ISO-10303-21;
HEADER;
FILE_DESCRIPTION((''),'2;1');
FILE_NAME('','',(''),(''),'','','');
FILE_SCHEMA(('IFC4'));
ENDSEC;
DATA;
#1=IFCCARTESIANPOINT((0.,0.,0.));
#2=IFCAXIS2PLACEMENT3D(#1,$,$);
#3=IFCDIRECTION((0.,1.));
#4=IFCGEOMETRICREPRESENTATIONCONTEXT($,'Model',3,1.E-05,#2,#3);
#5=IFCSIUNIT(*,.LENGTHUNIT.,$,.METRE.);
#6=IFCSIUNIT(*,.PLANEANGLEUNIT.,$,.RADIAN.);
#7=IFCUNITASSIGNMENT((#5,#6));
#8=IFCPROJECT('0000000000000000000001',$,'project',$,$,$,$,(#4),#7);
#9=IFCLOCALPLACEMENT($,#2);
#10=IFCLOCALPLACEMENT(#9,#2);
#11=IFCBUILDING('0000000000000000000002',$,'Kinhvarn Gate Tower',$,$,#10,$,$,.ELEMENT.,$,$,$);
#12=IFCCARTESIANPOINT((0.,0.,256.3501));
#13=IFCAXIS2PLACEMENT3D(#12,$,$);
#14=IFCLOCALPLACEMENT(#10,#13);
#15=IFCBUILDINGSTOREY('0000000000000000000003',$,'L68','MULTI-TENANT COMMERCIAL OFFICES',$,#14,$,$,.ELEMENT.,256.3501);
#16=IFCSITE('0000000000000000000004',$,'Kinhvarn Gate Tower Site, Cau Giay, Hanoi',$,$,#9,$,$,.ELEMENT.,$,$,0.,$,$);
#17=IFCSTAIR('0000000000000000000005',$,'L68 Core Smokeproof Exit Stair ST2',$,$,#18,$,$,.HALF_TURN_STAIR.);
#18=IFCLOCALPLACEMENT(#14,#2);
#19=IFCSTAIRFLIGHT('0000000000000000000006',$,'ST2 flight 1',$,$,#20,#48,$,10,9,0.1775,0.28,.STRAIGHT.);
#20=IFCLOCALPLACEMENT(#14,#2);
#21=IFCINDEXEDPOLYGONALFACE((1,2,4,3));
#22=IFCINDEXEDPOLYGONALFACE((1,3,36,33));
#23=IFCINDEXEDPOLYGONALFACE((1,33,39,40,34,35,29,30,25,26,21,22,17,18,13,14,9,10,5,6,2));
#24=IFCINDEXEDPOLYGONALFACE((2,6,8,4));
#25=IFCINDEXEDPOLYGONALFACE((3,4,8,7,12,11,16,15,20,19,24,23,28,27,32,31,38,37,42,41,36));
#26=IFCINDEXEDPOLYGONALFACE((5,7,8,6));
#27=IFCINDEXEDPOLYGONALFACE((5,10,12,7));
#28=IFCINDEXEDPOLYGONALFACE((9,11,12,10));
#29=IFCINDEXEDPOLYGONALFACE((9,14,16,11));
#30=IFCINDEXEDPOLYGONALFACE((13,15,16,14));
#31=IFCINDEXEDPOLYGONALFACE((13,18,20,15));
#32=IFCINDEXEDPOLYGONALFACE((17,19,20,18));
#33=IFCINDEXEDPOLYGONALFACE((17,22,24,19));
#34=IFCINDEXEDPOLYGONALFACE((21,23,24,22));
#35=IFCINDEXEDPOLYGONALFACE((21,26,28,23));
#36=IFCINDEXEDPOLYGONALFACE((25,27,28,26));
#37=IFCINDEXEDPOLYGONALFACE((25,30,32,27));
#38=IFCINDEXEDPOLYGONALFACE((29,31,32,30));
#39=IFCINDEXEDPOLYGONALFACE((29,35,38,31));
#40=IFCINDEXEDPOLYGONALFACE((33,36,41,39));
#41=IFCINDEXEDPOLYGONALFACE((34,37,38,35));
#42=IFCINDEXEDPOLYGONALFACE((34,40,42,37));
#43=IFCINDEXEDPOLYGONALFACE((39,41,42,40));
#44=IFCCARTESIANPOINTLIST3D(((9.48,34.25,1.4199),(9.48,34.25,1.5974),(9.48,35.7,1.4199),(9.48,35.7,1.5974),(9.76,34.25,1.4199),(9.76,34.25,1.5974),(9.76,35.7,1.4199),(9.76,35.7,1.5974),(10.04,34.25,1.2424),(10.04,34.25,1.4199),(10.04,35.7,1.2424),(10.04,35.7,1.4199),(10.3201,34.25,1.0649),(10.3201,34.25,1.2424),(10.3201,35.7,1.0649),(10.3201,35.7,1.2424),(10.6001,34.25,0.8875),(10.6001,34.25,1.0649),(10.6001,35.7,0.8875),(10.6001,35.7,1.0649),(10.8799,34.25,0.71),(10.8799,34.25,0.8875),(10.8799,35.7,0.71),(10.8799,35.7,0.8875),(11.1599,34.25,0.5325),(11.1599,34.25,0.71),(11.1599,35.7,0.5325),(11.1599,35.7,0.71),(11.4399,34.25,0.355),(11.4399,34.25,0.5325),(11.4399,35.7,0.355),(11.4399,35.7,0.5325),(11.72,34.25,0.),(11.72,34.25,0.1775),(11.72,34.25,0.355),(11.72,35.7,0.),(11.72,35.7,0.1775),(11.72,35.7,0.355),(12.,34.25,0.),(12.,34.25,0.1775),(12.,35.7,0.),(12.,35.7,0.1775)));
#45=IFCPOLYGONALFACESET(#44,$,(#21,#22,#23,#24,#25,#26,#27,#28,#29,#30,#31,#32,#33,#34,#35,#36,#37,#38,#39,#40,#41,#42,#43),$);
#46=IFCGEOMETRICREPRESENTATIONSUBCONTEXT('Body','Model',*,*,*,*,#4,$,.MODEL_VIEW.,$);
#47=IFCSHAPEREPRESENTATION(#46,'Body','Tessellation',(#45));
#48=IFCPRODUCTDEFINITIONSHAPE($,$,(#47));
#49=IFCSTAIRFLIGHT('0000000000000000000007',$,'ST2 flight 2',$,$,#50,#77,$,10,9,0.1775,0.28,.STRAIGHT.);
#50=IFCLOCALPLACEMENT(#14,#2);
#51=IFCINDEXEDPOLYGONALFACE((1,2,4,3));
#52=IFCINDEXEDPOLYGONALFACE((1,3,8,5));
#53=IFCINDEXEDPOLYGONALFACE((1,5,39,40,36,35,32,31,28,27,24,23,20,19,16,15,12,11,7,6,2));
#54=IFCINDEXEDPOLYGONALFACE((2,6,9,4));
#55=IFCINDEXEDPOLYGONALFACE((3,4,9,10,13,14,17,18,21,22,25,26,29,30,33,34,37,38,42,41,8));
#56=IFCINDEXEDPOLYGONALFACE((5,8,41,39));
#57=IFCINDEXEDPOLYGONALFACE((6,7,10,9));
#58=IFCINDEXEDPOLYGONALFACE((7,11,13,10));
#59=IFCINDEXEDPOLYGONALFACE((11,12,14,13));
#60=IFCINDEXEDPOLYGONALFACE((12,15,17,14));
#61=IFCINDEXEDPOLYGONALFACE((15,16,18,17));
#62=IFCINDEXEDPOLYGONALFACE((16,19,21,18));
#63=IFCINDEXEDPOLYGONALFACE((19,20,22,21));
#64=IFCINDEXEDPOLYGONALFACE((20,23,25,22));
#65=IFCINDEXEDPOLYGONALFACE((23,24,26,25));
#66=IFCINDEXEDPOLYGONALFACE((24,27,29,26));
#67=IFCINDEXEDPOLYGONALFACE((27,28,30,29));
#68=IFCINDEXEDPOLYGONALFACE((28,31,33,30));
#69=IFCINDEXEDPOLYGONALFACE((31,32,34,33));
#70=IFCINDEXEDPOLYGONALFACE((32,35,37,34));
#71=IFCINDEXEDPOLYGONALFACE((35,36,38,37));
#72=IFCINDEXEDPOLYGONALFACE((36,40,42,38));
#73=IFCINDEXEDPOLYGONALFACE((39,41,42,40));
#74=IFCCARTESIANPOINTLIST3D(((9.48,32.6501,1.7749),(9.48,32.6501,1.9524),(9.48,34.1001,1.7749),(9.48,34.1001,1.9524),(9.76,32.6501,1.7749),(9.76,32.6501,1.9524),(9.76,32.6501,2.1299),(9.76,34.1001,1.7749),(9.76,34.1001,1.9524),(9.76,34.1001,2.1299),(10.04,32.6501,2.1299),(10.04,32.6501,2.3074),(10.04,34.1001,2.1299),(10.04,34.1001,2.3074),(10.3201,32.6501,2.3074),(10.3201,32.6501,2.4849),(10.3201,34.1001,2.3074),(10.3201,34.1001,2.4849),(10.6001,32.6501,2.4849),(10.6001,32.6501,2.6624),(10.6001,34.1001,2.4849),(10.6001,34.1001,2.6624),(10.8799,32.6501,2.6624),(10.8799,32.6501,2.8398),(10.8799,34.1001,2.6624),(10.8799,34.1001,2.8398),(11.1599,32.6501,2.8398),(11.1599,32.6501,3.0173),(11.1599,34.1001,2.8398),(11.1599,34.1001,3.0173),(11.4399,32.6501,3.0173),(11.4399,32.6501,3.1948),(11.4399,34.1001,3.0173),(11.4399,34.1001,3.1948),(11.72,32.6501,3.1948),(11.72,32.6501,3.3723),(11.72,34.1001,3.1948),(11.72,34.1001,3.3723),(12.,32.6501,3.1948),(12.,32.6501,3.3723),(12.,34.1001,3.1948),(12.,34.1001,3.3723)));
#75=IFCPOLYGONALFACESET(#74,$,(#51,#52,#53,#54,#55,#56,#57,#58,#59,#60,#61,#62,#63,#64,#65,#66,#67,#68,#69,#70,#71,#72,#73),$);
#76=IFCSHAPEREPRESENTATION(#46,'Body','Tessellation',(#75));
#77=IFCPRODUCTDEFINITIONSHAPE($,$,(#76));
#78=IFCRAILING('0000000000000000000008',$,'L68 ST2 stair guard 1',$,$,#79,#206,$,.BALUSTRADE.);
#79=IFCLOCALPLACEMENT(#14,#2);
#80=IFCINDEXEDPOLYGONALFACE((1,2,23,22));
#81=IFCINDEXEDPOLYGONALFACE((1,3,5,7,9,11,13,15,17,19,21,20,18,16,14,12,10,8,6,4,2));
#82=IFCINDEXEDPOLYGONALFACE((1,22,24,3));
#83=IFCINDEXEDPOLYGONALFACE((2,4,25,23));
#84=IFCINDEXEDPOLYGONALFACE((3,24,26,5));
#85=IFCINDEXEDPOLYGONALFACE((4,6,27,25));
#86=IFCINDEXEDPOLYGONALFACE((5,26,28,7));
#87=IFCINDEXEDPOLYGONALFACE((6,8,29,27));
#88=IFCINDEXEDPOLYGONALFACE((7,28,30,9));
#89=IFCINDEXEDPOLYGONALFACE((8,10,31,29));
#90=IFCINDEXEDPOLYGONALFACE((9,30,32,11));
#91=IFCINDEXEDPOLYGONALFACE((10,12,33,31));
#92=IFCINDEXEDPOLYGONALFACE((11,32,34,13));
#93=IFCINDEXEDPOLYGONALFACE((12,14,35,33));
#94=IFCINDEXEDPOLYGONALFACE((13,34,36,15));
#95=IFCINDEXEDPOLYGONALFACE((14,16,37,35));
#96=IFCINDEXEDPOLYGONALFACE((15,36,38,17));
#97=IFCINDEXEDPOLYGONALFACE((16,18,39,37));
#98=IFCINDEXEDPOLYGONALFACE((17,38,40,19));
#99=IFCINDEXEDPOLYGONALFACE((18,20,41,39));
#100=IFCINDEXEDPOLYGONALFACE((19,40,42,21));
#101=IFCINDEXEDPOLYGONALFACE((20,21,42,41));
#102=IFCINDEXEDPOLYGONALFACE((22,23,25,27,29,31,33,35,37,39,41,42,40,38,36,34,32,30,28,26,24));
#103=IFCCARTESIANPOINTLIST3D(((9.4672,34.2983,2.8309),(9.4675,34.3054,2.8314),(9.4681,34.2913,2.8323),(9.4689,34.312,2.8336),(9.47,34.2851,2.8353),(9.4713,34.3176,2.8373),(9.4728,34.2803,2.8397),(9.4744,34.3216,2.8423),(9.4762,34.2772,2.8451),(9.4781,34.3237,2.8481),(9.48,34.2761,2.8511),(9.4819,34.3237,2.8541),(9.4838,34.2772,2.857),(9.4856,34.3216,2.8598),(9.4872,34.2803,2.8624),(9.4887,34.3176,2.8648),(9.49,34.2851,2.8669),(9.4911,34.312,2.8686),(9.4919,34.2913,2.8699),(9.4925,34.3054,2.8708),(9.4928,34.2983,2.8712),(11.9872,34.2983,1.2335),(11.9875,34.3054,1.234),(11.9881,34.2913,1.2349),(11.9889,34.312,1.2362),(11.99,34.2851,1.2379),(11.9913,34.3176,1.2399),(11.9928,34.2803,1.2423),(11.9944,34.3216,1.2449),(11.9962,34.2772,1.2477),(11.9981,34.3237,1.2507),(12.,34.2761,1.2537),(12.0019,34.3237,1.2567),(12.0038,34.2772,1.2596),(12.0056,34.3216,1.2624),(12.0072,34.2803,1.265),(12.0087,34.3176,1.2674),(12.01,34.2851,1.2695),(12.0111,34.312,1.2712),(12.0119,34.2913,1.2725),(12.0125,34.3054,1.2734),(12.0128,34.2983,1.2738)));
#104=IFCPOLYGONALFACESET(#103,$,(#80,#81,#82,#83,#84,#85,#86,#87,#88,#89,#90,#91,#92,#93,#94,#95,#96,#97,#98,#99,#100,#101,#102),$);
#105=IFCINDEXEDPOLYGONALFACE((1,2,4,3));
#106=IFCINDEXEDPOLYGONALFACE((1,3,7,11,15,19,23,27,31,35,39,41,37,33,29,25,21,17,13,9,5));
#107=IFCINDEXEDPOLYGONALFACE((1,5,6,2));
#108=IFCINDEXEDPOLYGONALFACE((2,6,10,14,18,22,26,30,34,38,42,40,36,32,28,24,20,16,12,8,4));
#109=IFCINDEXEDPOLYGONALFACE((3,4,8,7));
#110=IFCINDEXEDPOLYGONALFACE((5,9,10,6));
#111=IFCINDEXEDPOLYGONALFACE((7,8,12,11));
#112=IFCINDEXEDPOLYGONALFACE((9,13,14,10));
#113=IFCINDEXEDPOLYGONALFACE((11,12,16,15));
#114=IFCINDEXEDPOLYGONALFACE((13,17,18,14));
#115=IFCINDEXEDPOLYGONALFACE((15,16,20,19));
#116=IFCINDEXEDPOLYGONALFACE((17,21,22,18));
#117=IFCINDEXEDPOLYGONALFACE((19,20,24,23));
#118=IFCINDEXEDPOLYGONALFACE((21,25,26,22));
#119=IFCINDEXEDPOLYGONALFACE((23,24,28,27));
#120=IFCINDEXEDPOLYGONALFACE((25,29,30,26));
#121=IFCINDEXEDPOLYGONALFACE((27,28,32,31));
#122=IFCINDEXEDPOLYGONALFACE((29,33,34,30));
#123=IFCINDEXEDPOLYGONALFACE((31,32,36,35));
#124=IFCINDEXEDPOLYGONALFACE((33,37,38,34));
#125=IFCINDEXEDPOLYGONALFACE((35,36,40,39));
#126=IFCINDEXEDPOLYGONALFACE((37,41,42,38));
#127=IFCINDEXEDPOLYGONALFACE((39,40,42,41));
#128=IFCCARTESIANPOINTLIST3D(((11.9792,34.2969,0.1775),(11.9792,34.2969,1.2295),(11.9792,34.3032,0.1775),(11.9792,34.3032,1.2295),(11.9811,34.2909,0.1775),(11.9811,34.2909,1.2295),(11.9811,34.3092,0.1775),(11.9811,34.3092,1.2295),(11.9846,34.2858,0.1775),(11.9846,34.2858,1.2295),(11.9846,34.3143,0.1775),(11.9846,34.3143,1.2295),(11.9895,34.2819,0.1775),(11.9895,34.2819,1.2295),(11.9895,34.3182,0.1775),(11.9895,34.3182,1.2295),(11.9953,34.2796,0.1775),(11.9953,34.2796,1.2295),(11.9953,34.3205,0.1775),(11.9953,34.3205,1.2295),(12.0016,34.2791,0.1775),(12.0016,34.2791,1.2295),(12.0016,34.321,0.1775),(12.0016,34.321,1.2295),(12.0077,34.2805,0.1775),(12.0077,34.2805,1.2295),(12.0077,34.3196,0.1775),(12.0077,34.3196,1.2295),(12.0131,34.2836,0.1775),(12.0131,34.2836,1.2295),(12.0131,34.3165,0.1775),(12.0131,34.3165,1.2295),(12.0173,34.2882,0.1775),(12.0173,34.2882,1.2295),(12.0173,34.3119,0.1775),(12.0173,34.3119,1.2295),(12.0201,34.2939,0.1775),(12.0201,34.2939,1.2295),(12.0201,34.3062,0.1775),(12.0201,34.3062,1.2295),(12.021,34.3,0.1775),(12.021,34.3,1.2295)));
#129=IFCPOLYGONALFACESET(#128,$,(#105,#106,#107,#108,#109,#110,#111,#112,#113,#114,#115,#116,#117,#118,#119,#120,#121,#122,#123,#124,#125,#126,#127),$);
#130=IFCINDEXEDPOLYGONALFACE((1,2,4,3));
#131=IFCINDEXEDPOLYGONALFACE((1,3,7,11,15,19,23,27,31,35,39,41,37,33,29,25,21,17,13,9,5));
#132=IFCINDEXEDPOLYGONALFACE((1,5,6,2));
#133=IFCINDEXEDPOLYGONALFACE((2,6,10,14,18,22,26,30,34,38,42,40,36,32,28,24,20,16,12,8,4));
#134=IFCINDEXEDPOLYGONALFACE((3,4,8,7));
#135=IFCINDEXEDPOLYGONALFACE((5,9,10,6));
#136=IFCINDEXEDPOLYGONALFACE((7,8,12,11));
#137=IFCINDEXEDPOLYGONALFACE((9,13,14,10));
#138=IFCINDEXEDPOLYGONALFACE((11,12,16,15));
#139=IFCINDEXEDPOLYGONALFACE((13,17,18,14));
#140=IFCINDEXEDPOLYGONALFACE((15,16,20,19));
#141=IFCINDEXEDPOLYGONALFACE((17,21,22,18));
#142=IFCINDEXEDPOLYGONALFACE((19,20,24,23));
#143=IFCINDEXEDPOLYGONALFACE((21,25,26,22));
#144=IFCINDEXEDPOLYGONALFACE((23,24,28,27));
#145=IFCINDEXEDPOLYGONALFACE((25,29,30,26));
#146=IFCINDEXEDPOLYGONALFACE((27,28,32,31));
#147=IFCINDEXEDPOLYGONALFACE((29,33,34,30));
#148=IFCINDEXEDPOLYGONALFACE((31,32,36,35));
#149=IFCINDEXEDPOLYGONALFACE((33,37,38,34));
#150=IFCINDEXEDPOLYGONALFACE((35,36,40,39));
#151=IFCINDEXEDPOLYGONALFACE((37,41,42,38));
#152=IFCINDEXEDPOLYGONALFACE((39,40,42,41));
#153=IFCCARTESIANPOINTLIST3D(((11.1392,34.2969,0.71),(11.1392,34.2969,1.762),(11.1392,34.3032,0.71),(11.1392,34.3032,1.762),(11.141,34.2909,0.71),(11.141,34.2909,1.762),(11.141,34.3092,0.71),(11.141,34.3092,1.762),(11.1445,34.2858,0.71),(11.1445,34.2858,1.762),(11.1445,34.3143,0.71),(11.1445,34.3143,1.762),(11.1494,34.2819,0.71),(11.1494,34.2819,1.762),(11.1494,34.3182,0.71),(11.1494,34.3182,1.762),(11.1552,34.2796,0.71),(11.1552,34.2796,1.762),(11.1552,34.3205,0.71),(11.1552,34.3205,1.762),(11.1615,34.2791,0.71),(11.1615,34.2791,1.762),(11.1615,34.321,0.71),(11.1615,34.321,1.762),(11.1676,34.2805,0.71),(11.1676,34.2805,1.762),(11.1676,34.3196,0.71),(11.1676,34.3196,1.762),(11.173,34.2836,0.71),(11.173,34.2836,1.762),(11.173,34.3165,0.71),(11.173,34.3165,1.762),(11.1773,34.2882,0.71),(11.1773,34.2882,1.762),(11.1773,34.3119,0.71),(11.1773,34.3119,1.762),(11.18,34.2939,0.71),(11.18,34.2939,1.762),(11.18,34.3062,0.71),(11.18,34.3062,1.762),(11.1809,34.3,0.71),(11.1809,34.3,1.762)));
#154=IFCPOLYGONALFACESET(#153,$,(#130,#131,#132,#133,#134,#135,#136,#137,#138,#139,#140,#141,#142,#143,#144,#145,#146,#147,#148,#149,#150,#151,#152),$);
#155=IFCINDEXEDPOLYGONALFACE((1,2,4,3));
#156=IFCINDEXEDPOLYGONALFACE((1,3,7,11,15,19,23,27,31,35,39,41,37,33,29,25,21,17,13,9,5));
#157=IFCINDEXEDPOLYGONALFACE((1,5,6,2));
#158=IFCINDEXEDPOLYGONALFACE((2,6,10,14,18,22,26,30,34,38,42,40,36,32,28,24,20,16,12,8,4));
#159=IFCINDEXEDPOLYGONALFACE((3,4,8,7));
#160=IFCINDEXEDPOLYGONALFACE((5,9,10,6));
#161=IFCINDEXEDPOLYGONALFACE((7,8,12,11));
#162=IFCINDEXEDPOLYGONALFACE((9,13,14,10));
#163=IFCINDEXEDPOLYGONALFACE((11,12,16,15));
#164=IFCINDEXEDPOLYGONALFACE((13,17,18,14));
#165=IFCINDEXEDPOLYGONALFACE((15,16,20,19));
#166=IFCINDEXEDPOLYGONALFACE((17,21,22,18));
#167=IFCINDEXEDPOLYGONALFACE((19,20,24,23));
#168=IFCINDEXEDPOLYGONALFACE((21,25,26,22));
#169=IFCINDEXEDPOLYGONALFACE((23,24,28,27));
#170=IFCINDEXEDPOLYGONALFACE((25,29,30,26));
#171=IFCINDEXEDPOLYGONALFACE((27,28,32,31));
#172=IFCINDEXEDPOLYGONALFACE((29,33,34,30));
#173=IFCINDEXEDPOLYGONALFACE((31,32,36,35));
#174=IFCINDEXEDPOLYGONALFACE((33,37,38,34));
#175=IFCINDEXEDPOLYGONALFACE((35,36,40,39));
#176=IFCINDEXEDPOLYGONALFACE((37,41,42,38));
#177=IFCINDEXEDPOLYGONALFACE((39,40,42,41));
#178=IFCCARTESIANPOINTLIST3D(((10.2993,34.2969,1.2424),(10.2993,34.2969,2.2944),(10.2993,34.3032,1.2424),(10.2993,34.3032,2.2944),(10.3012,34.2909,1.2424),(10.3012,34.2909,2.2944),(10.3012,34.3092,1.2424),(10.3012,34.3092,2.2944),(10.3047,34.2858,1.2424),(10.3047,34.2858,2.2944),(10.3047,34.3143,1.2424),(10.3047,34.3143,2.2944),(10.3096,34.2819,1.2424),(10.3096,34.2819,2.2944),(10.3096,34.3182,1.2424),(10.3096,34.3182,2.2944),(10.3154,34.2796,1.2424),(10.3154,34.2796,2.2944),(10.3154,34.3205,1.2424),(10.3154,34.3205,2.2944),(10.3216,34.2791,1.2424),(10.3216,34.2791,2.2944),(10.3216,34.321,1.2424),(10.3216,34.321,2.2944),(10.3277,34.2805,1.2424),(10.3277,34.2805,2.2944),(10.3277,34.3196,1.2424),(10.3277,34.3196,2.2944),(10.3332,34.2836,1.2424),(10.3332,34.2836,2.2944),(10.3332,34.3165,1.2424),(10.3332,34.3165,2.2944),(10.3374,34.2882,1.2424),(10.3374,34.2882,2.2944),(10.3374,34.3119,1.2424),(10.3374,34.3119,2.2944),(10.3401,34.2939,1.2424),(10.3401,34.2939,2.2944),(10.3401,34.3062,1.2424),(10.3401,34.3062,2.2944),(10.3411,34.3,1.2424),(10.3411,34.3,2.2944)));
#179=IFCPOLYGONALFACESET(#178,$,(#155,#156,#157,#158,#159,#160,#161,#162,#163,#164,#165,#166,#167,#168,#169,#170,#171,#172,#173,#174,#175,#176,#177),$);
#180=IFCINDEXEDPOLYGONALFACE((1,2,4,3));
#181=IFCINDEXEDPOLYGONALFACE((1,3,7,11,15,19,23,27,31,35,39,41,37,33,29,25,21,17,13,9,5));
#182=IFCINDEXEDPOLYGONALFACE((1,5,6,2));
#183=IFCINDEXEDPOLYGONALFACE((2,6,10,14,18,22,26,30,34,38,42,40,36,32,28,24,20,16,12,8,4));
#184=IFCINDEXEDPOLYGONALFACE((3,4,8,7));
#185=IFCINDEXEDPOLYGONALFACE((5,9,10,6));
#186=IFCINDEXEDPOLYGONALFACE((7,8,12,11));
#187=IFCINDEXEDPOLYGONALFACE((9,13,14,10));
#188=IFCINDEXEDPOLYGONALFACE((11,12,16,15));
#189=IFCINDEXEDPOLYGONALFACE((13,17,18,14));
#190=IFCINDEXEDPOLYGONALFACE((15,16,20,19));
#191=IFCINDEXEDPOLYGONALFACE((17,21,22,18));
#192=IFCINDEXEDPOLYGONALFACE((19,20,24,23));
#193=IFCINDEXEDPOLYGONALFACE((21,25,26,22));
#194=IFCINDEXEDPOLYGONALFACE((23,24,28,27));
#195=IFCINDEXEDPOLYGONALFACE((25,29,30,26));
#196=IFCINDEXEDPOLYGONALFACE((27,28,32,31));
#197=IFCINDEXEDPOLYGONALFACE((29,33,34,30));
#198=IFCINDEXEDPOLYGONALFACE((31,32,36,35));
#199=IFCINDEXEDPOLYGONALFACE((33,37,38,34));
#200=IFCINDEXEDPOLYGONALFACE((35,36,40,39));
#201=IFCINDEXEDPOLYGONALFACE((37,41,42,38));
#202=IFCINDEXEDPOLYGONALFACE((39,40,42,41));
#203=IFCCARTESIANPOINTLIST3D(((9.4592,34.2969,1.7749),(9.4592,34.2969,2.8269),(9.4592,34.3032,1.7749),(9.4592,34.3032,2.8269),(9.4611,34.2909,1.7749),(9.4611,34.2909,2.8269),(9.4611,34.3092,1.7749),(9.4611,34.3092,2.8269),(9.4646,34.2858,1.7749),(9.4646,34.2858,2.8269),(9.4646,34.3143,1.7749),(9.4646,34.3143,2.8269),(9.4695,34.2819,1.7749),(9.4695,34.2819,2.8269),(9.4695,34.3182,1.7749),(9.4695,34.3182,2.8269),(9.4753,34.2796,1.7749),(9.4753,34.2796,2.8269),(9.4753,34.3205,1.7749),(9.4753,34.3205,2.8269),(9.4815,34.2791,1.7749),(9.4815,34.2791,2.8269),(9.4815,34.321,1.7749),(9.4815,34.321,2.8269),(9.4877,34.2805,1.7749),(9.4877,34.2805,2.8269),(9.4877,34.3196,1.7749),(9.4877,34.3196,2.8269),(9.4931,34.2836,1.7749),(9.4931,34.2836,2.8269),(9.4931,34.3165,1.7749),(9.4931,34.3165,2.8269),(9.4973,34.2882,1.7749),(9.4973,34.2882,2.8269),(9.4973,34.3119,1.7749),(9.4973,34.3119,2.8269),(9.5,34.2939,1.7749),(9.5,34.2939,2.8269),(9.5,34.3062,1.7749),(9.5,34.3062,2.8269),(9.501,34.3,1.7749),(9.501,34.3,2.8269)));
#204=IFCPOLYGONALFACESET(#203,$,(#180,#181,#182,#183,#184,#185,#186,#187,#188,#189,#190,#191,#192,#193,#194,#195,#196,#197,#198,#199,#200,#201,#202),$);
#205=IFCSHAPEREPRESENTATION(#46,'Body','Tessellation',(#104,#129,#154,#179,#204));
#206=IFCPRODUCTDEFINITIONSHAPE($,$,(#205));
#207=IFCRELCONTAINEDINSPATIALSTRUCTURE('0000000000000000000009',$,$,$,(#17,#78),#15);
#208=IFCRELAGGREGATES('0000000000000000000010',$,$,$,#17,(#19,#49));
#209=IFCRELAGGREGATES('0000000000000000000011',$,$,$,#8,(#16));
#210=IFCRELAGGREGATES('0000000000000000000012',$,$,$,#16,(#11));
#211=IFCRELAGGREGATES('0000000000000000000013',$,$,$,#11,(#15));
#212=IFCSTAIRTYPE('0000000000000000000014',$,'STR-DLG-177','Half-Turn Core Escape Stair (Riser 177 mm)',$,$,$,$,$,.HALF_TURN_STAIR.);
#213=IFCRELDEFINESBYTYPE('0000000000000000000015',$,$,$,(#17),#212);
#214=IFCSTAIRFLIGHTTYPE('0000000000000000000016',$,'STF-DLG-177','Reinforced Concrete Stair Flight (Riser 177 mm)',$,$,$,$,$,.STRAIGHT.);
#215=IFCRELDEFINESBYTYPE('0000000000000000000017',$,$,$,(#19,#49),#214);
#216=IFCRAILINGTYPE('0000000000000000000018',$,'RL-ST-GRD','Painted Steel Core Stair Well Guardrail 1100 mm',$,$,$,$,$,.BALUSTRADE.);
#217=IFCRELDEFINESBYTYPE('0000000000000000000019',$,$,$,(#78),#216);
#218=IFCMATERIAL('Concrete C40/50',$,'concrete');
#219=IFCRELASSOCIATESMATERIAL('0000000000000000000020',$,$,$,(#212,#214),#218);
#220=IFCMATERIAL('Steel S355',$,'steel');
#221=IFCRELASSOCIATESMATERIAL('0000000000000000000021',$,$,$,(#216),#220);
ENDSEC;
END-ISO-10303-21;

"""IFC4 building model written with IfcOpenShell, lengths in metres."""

from ifc_helpers import new_model, si_unit, direction, frame, origin, origin_2d, place, context, subcontext, project, spatial, polyline, circle, outline, extrude, material, type_object, element, aggregate, save


model = new_model("IFC4")

# Units and contexts
model_context = context("Model", 3, precision=1e-05, world=origin(), true_north=direction((0.0, 1.0)))
body_context = subcontext(model_context, "Body", "Model", "MODEL_VIEW")
ifc_project = project(units=[si_unit("LENGTHUNIT", "METRE"), si_unit("PLANEANGLEUNIT", "RADIAN")], contexts=[model_context])

# Site, building, storey
site_placement = place(None, origin())
site = spatial("IfcSite", under=ifc_project, at=site_placement, Name="Kinhvarn Gate Tower Site, Cau Giay, Hanoi", CompositionType="ELEMENT", RefElevation=0.0)
building_placement = place(site_placement, origin())
building = spatial("IfcBuilding", under=site, at=building_placement, Name="Kinhvarn Gate Tower", CompositionType="ELEMENT")
storey_placement = place(building_placement, frame((0.0, 0.0, 256.3501)))
storey = spatial("IfcBuildingStorey", under=building, at=storey_placement, Name="L68", Description="MULTI-TENANT COMMERCIAL OFFICES", CompositionType="ELEMENT", Elevation=256.3501)

# Shared definitions
ifc_material_1 = material(Name="Concrete C40/50", Category="concrete")

# Stair, stair flights
stair_type = type_object("IfcStairType", Name="STR-DLG-177", Description="Half-Turn Core Escape Stair (Riser 177 mm)", PredefinedType="HALF_TURN_STAIR", material=ifc_material_1)
stair_placement = place(storey_placement, origin())
stair = element("IfcStair", 1, at=stair_placement, inside=storey, type_object=stair_type, Name="L68 Core Smokeproof Exit Stair ST2", PredefinedType="HALF_TURN_STAIR")
stair_flight_type = type_object("IfcStairFlightType", Name="STF-DLG-177", Description="Reinforced Concrete Stair Flight (Riser 177 mm)", PredefinedType="STRAIGHT", material=ifc_material_1)
stair_flight_1_placement = place(storey_placement, frame((12.0, 34.9751, 0.0), z_axis=(0.0, 0.0, 1.0), x_axis=(-1.0, 0.0, 0.0)))
stair_flight_1 = element("IfcStairFlight", 2, at=stair_flight_1_placement, type_object=stair_flight_type, Name="ST2 flight 1", NumberOfRisers=10, NumberOfTreads=9, PredefinedType="STRAIGHT", RiserHeight=0.1775, TreadLength=0.28, context=body_context, shape_type="SweptSolid", body=[
    extrude(outline(polyline([(0.0, 0.0), (0.0, 0.1775), (0.28, 0.1775), (0.28, 0.355), (0.5601, 0.355), (0.5601, 0.5325), (0.8401, 0.5325), (0.8401, 0.71), (1.1201, 0.71), (1.1201, 0.8875), (1.3999, 0.8875), (1.3999, 1.0649), (1.6799, 1.0649), (1.6799, 1.2424), (1.96, 1.2424), (1.96, 1.4199), (2.24, 1.4199), (2.24, 1.5974), (2.52, 1.5974), (2.52, 1.7749), (2.52, 1.4199), (0.28, 0.0), (0.0, 0.0)])), frame((0.0, 0.7251, 0.0), z_axis=(0.0, -1.0, 0.0), x_axis=(1.0, 0.0, 0.0)), (0.0, 0.0, 1.0), 1.45),
])
stair_flight_2_placement = place(storey_placement, frame((9.48, 33.375, 1.7749), z_axis=(0.0, 0.0, 1.0), x_axis=(1.0, 0.0, 0.0)))
stair_flight_2 = element("IfcStairFlight", 3, at=stair_flight_2_placement, type_object=stair_flight_type, Name="ST2 flight 2", NumberOfRisers=10, NumberOfTreads=9, PredefinedType="STRAIGHT", RiserHeight=0.1775, TreadLength=0.28, context=body_context, shape_type="SweptSolid", body=[
    extrude(outline(polyline([(0.0, 0.0), (0.0, 0.1775), (0.28, 0.1775), (0.28, 0.355), (0.5601, 0.355), (0.5601, 0.5325), (0.8401, 0.5325), (0.8401, 0.71), (1.1201, 0.71), (1.1201, 0.8875), (1.3999, 0.8875), (1.3999, 1.0649), (1.6799, 1.0649), (1.6799, 1.2424), (1.96, 1.2424), (1.96, 1.4199), (2.24, 1.4199), (2.24, 1.5974), (2.52, 1.5974), (2.52, 1.7749), (2.52, 1.4199), (0.28, 0.0), (0.0, 0.0)])), frame((0.0, 0.7251, 0.0), z_axis=(0.0, -1.0, 0.0), x_axis=(1.0, 0.0, 0.0)), (0.0, 0.0, 1.0), 1.45),
])
aggregate(stair, [stair_flight_1, stair_flight_2])

# Railing
ifc_material_2 = material(Name="Steel S355", Category="steel")
railing_type_1 = type_object("IfcRailingType", Name="RL-ST-GRD", Description="Painted Steel Core Stair Well Guardrail 1100 mm", PredefinedType="BALUSTRADE", material=ifc_material_2)
railing_1_placement = place(storey_placement, frame((12.0, 34.3, 0.1775)))
element("IfcRailing", 4, at=railing_1_placement, inside=storey, type_object=railing_type_1, Name="L68 ST2 stair guard 1", PredefinedType="BALUSTRADE", context=body_context, shape_type="SweptSolid", body=[
    extrude(circle(Radius=0.0239, at=origin_2d()), frame((0.0, 0.0, 1.0762), z_axis=(-0.844607, 0.0, 0.535387), x_axis=(0.0, -1.0, 0.0)), (0.0, 0.0, 1.0), 2.9836),
    extrude(circle(Radius=0.021, at=origin_2d()), origin(), (0.0, 0.0, 1.0), 1.052),
    extrude(circle(Radius=0.021, at=origin_2d()), frame((-0.8401, 0.0, 0.5325)), (0.0, 0.0, 1.0), 1.052),
    extrude(circle(Radius=0.021, at=origin_2d()), frame((-1.6799, 0.0, 1.0649)), (0.0, 0.0, 1.0), 1.052),
    extrude(circle(Radius=0.021, at=origin_2d()), frame((-2.52, 0.0, 1.5974)), (0.0, 0.0, 1.0), 1.052),
])

save(model, "model.ifc")
